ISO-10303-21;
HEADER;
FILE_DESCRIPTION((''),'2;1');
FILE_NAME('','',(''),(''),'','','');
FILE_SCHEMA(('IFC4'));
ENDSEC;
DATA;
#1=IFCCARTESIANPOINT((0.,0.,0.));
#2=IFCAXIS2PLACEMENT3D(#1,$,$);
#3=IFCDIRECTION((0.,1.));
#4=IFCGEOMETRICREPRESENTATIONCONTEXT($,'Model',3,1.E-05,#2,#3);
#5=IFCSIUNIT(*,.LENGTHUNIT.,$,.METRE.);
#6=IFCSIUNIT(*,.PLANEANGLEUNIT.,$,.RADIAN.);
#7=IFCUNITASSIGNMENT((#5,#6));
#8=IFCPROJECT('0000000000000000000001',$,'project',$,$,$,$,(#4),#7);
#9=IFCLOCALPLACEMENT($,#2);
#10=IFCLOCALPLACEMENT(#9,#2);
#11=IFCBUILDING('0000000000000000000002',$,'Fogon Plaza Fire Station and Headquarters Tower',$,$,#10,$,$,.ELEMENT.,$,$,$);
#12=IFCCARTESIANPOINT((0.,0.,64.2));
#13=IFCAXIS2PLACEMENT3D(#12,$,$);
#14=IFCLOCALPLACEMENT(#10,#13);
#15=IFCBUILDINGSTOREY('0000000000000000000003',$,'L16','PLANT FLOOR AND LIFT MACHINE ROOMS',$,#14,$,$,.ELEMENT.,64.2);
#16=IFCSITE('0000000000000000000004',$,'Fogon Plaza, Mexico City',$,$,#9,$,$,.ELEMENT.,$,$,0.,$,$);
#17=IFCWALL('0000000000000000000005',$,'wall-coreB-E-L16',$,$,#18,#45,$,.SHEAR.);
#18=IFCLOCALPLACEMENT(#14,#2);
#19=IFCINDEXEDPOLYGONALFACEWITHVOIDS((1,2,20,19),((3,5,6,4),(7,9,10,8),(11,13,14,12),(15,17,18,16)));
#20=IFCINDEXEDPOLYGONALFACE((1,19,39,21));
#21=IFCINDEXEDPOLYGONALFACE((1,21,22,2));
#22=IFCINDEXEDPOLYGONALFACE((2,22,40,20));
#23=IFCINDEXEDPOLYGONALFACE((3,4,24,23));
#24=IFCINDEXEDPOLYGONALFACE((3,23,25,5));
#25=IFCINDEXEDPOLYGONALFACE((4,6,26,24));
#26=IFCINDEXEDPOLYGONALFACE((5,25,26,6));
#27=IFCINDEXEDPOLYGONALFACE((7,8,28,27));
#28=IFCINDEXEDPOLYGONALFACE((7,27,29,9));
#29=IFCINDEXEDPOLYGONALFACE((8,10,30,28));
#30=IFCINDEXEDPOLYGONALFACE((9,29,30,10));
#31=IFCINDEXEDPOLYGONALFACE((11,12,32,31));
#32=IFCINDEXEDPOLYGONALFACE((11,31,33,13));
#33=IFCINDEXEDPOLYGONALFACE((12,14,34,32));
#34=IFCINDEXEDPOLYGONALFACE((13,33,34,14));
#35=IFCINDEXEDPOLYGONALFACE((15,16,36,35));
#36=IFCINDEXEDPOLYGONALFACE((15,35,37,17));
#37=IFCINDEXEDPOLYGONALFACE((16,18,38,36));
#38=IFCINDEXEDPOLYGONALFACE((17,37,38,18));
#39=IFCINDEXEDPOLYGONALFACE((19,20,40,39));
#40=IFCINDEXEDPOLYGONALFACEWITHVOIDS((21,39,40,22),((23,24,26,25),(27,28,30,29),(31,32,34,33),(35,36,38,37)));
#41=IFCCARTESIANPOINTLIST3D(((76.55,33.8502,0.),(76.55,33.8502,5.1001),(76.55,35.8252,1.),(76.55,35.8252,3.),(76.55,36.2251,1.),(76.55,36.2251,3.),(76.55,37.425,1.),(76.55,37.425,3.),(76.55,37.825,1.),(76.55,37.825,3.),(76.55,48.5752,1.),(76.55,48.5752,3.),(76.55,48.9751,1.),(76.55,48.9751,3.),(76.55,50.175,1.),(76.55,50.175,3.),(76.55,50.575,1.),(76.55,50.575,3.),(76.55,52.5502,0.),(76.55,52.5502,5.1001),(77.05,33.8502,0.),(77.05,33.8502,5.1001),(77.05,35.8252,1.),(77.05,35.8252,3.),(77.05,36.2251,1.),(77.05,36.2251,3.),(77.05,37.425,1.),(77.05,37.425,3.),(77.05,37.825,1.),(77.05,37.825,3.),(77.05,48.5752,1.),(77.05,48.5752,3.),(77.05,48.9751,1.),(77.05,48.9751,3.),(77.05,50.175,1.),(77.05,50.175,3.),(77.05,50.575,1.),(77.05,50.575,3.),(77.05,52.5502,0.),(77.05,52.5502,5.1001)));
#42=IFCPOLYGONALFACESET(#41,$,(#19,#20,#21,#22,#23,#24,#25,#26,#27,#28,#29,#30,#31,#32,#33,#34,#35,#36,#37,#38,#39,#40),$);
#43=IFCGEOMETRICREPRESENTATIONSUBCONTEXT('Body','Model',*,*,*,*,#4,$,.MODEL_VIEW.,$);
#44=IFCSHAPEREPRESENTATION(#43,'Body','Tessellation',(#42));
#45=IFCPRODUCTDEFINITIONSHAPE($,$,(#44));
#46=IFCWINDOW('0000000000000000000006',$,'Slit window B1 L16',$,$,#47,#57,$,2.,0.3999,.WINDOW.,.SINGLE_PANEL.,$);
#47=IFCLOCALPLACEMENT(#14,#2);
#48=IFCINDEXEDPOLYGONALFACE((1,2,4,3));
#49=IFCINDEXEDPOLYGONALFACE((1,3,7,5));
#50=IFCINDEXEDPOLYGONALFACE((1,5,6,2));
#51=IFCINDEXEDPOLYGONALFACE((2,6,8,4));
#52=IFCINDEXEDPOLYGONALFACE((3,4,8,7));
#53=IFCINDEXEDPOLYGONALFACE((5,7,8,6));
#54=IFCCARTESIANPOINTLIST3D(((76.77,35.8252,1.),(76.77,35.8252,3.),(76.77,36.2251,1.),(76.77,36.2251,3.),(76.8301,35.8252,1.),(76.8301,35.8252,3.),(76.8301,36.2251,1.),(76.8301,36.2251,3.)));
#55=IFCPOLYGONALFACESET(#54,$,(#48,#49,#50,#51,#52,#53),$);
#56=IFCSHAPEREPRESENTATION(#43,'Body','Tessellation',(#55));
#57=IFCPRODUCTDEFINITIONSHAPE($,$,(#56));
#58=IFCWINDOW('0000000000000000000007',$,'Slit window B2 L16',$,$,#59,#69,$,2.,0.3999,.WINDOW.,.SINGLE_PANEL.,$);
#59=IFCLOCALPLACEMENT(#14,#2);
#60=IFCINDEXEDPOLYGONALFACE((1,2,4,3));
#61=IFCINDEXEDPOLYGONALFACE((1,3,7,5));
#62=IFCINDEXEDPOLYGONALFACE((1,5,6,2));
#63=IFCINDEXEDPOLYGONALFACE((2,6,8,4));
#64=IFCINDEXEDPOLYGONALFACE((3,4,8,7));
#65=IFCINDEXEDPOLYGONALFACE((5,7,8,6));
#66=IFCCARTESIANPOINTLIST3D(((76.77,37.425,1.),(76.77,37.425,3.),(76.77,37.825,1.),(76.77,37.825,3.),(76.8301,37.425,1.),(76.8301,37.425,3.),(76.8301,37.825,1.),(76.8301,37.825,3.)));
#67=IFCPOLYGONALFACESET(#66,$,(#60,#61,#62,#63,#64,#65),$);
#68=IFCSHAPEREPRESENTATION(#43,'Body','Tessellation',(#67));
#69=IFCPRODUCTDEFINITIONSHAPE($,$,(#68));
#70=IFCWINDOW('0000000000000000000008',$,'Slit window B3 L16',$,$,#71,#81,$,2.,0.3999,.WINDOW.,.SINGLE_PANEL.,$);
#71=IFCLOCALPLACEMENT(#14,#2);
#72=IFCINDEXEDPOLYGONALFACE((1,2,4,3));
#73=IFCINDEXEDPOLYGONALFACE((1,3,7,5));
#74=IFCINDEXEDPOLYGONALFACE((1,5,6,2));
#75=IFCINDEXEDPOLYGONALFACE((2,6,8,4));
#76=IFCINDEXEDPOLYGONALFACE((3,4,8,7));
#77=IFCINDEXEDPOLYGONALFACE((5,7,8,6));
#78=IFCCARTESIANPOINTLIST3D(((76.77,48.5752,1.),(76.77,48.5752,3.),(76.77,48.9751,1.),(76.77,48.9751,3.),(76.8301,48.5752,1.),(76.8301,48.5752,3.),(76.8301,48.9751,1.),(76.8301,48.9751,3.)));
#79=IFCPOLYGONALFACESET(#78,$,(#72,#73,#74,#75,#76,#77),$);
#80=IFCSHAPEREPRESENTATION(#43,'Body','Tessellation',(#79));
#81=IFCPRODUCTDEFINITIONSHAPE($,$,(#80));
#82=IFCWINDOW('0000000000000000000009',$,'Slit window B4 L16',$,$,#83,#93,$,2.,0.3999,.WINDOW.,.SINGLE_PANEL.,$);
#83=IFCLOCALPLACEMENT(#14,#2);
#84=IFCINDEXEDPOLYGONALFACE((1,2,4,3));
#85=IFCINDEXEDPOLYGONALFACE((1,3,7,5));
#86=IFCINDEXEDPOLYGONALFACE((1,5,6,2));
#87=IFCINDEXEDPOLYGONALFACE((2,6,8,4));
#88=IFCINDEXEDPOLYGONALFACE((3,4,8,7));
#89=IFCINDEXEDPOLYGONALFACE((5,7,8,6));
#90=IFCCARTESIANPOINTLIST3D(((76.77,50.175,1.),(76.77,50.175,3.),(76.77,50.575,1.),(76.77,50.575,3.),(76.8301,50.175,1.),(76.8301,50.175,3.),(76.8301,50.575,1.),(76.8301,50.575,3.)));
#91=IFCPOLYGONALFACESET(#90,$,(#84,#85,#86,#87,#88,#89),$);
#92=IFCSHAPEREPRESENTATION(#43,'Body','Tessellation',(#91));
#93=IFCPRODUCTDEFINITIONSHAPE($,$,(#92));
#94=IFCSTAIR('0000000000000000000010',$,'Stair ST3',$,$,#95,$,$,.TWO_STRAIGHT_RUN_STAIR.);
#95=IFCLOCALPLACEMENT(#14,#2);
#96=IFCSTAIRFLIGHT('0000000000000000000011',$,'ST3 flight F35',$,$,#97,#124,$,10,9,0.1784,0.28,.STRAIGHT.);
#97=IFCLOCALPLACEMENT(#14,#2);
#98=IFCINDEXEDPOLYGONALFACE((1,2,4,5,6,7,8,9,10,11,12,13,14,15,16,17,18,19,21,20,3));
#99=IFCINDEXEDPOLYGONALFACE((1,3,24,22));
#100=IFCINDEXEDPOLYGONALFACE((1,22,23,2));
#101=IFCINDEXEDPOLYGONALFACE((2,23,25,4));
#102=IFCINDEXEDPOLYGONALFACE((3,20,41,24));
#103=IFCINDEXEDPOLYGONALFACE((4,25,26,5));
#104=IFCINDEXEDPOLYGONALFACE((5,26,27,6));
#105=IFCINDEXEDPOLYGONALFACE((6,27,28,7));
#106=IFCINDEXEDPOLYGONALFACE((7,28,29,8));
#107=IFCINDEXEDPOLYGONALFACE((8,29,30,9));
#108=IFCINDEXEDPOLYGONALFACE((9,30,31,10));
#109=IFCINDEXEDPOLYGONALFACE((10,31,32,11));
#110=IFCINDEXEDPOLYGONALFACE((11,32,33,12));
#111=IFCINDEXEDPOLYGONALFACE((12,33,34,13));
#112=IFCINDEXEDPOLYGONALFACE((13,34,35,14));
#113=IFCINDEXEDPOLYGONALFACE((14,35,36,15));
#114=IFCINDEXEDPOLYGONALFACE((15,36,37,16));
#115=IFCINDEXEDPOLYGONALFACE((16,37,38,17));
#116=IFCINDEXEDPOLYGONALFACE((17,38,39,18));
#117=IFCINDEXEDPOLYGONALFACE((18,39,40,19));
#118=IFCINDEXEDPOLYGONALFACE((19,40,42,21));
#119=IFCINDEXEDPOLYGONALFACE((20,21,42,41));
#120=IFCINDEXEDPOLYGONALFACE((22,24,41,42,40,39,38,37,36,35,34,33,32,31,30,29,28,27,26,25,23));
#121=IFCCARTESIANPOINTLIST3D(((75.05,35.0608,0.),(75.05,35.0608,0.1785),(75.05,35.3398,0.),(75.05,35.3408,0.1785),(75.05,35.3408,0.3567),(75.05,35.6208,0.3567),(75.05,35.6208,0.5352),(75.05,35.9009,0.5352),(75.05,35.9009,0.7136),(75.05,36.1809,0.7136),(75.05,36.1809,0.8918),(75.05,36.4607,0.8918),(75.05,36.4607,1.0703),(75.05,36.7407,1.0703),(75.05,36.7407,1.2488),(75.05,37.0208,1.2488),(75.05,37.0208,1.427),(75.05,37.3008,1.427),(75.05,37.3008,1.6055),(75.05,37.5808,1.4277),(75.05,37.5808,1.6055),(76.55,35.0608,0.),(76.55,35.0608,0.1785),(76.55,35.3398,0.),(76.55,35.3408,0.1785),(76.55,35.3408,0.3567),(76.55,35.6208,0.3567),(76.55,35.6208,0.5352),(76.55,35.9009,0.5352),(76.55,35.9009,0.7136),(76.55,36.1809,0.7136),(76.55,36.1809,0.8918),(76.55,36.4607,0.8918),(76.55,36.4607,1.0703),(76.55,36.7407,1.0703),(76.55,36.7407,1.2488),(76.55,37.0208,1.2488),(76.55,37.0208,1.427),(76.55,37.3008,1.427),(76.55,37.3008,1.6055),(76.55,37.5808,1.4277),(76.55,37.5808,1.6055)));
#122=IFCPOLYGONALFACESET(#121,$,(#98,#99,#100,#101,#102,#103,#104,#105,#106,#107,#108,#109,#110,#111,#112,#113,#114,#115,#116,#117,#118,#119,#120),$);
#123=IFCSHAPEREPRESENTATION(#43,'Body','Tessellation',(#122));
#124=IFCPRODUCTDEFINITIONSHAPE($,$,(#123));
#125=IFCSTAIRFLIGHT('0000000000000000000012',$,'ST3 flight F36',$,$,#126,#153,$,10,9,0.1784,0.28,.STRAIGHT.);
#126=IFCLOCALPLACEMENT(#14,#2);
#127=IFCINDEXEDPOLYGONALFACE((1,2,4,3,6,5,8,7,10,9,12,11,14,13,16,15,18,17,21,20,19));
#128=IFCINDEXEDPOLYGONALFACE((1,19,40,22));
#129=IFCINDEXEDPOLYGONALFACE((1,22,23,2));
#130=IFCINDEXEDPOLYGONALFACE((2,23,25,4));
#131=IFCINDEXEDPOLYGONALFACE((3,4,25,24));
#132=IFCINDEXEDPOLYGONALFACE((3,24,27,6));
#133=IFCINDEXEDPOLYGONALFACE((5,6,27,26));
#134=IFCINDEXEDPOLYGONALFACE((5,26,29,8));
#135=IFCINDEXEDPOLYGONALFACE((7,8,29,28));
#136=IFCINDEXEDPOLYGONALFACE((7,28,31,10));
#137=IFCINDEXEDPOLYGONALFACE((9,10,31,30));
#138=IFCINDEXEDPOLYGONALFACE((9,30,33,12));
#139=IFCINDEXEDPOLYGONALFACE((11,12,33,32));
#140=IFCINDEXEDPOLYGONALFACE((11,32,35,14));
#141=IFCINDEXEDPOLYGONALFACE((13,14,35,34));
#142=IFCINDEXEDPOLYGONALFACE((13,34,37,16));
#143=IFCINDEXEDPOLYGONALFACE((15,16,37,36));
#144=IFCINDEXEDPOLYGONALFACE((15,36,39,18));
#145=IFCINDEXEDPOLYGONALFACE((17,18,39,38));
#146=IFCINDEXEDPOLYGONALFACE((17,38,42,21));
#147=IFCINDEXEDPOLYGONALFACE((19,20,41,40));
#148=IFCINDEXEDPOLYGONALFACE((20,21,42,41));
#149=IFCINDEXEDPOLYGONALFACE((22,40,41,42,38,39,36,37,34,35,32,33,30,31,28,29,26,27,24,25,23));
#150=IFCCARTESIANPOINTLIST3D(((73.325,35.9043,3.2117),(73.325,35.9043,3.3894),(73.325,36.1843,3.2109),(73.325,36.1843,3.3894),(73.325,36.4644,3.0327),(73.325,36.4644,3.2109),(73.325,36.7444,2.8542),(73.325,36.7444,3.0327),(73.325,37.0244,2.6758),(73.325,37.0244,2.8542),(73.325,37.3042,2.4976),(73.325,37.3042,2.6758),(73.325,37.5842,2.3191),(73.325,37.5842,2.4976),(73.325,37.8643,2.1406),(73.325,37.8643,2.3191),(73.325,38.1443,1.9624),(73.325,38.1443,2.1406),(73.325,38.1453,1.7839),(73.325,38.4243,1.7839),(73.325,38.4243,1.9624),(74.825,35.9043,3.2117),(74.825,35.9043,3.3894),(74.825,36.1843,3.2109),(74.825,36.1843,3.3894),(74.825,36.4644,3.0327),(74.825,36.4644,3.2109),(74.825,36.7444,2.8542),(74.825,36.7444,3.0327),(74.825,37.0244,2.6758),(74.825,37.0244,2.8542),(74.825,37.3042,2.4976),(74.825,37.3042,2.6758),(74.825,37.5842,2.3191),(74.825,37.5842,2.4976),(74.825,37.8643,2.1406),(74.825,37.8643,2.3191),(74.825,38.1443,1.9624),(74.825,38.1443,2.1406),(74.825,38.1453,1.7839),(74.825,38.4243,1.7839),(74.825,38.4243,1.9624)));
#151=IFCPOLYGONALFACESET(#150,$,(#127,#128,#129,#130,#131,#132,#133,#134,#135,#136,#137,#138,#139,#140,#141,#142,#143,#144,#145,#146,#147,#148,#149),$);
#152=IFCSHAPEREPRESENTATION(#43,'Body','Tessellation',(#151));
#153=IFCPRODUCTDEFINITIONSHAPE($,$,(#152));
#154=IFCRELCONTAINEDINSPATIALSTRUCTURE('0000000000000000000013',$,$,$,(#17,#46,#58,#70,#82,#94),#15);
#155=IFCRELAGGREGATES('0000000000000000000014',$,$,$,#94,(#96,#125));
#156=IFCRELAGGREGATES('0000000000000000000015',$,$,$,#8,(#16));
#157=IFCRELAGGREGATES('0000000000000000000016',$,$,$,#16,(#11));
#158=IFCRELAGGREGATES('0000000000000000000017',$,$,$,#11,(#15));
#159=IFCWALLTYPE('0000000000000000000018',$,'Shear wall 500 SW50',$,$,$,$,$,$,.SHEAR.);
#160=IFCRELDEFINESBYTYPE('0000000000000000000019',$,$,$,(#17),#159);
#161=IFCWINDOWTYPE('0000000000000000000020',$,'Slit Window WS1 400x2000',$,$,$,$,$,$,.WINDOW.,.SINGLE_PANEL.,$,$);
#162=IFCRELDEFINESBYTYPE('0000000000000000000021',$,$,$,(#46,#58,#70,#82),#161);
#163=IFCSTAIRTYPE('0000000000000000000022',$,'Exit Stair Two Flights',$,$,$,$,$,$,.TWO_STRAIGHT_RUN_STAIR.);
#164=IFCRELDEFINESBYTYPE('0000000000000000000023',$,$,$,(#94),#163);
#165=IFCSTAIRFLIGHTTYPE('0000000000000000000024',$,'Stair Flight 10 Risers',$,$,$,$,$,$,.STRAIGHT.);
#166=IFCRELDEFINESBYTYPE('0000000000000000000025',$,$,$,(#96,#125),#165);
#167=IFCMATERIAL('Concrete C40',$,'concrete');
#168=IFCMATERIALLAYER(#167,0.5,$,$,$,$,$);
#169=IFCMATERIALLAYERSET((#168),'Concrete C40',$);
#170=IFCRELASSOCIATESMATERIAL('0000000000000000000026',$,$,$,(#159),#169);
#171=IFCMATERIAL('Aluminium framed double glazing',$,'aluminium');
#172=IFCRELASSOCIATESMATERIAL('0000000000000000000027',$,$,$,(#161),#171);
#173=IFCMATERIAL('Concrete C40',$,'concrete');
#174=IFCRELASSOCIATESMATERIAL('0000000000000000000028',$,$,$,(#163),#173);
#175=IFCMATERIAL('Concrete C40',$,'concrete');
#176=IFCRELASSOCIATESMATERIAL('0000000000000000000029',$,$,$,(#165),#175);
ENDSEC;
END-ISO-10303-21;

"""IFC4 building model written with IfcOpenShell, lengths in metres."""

from ifc_helpers import new_model, si_unit, direction, frame, frame_2d, origin, place, context, subcontext, project, spatial, polyline, rectangle, outline, extrude, material, layer, layer_set, type_object, element, fill, aggregate, save


model = new_model("IFC4")

# Units and contexts
model_context = context("Model", 3, precision=1e-05, world=origin(), true_north=direction((0.0, 1.0)))
body_context = subcontext(model_context, "Body", "Model", "MODEL_VIEW")
ifc_project = project(units=[si_unit("LENGTHUNIT", "METRE"), si_unit("PLANEANGLEUNIT", "RADIAN")], contexts=[model_context])

# Site, building, storey
site_placement = place(None, origin())
site = spatial("IfcSite", under=ifc_project, at=site_placement, Name="Fogon Plaza, Mexico City", CompositionType="ELEMENT", RefElevation=0.0)
building_placement = place(site_placement, origin())
building = spatial("IfcBuilding", under=site, at=building_placement, Name="Fogon Plaza Fire Station and Headquarters Tower", CompositionType="ELEMENT")
storey_placement = place(building_placement, frame((0.0, 0.0, 64.2)))
storey = spatial("IfcBuildingStorey", under=building, at=storey_placement, Name="L16", Description="PLANT FLOOR AND LIFT MACHINE ROOMS", CompositionType="ELEMENT", Elevation=64.2)

# Wall, openings, windows
ifc_material_1 = material(Name="Concrete C40", Category="concrete")
ifc_layer_1 = layer(ifc_material_1, 0.5)
ifc_layer_set_1 = layer_set([ifc_layer_1], Name="Concrete C40")
wall_type_1 = type_object("IfcWallType", Name="Shear wall 500 SW50", PredefinedType="SHEAR", material=ifc_layer_set_1)
wall_1_placement = place(storey_placement, frame((76.8, 33.8501, 0.0), z_axis=(0.0, 0.0, 1.0), x_axis=(0.0, 1.0, 0.0)))
wall_1 = element("IfcWall", 1, at=wall_1_placement, inside=storey, type_object=wall_type_1, Name="wall-coreB-E-L16", PredefinedType="SHEAR", context=body_context, shape_type="SweptSolid", body=[
    extrude(rectangle(XDim=18.7, YDim=0.5, at=frame_2d((9.3501, 0.0))), origin(), (0.0, 0.0, 1.0), 5.1001),
])
opening_1_placement = place(wall_1_placement, frame((1.9751, 0.0, 1.0)))
opening_1 = element("IfcOpeningElement", 2, at=opening_1_placement, cuts=wall_1, PredefinedType="OPENING", context=body_context, shape_type="SweptSolid", body=[
    extrude(rectangle(XDim=0.3999, YDim=2.0, at=frame_2d((0.2, 1.0))), frame((0.0, 0.26, 0.0), z_axis=(0.0, -1.0, 0.0), x_axis=(1.0, 0.0, 0.0)), (0.0, 0.0, 1.0), 0.52),
])
opening_2_placement = place(wall_1_placement, frame((3.575, 0.0, 1.0)))
opening_2 = element("IfcOpeningElement", 3, at=opening_2_placement, cuts=wall_1, PredefinedType="OPENING", context=body_context, shape_type="SweptSolid", body=[
    extrude(rectangle(XDim=0.3999, YDim=2.0, at=frame_2d((0.2, 1.0))), frame((0.0, 0.26, 0.0), z_axis=(0.0, -1.0, 0.0), x_axis=(1.0, 0.0, 0.0)), (0.0, 0.0, 1.0), 0.52),
])
opening_3_placement = place(wall_1_placement, frame((14.7251, 0.0, 1.0)))
opening_3 = element("IfcOpeningElement", 4, at=opening_3_placement, cuts=wall_1, PredefinedType="OPENING", context=body_context, shape_type="SweptSolid", body=[
    extrude(rectangle(XDim=0.3999, YDim=2.0, at=frame_2d((0.2, 1.0))), frame((0.0, 0.26, 0.0), z_axis=(0.0, -1.0, 0.0), x_axis=(1.0, 0.0, 0.0)), (0.0, 0.0, 1.0), 0.52),
])
opening_4_placement = place(wall_1_placement, frame((16.325, 0.0, 1.0)))
opening_4 = element("IfcOpeningElement", 5, at=opening_4_placement, cuts=wall_1, PredefinedType="OPENING", context=body_context, shape_type="SweptSolid", body=[
    extrude(rectangle(XDim=0.3999, YDim=2.0, at=frame_2d((0.2, 1.0))), frame((0.0, 0.26, 0.0), z_axis=(0.0, -1.0, 0.0), x_axis=(1.0, 0.0, 0.0)), (0.0, 0.0, 1.0), 0.52),
])
ifc_material_2 = material(Name="Aluminium framed double glazing", Category="aluminium")
window_type = type_object("IfcWindowType", Name="Slit Window WS1 400x2000", PartitioningType="SINGLE_PANEL", PredefinedType="WINDOW", material=ifc_material_2)
window_1_placement = place(opening_1_placement, origin())
window_1 = element("IfcWindow", 6, at=window_1_placement, inside=storey, type_object=window_type, Name="Slit window B1 L16", OverallHeight=2.0, OverallWidth=0.3999, PartitioningType="SINGLE_PANEL", PredefinedType="WINDOW", context=body_context, shape_type="SweptSolid", body=[
    extrude(rectangle(XDim=0.3999, YDim=2.0, at=frame_2d((0.2, 1.0))), frame((0.0, 0.03, 0.0), z_axis=(0.0, -1.0, 0.0), x_axis=(1.0, 0.0, 0.0)), (0.0, 0.0, 1.0), 0.0601),
])
fill(opening_1, window_1)
window_2_placement = place(opening_2_placement, origin())
window_2 = element("IfcWindow", 7, at=window_2_placement, inside=storey, type_object=window_type, Name="Slit window B2 L16", OverallHeight=2.0, OverallWidth=0.3999, PartitioningType="SINGLE_PANEL", PredefinedType="WINDOW", context=body_context, shape_type="SweptSolid", body=[
    extrude(rectangle(XDim=0.3999, YDim=2.0, at=frame_2d((0.2, 1.0))), frame((0.0, 0.03, 0.0), z_axis=(0.0, -1.0, 0.0), x_axis=(1.0, 0.0, 0.0)), (0.0, 0.0, 1.0), 0.0601),
])
fill(opening_2, window_2)
window_3_placement = place(opening_3_placement, origin())
window_3 = element("IfcWindow", 8, at=window_3_placement, inside=storey, type_object=window_type, Name="Slit window B3 L16", OverallHeight=2.0, OverallWidth=0.3999, PartitioningType="SINGLE_PANEL", PredefinedType="WINDOW", context=body_context, shape_type="SweptSolid", body=[
    extrude(rectangle(XDim=0.3999, YDim=2.0, at=frame_2d((0.2, 1.0))), frame((0.0, 0.03, 0.0), z_axis=(0.0, -1.0, 0.0), x_axis=(1.0, 0.0, 0.0)), (0.0, 0.0, 1.0), 0.0601),
])
fill(opening_3, window_3)
window_4_placement = place(opening_4_placement, origin())
window_4 = element("IfcWindow", 9, at=window_4_placement, inside=storey, type_object=window_type, Name="Slit window B4 L16", OverallHeight=2.0, OverallWidth=0.3999, PartitioningType="SINGLE_PANEL", PredefinedType="WINDOW", context=body_context, shape_type="SweptSolid", body=[
    extrude(rectangle(XDim=0.3999, YDim=2.0, at=frame_2d((0.2, 1.0))), frame((0.0, 0.03, 0.0), z_axis=(0.0, -1.0, 0.0), x_axis=(1.0, 0.0, 0.0)), (0.0, 0.0, 1.0), 0.0601),
])
fill(opening_4, window_4)

# Stair, stair flights
ifc_material_3 = material(Name="Concrete C40", Category="concrete")
stair_type = type_object("IfcStairType", Name="Exit Stair Two Flights", PredefinedType="TWO_STRAIGHT_RUN_STAIR", material=ifc_material_3)
stair_placement = place(storey_placement, origin())
stair = element("IfcStair", 10, at=stair_placement, inside=storey, type_object=stair_type, Name="Stair ST3", PredefinedType="TWO_STRAIGHT_RUN_STAIR")
ifc_material_4 = material(Name="Concrete C40", Category="concrete")
stair_flight_type_1 = type_object("IfcStairFlightType", Name="Stair Flight 10 Risers", PredefinedType="STRAIGHT", material=ifc_material_4)
stair_flight_1_placement = place(storey_placement, frame((75.8, 35.0608, 0.0), z_axis=(0.0, 0.0, 1.0), x_axis=(0.0, 1.0, 0.0)))
stair_flight_1 = element("IfcStairFlight", 11, at=stair_flight_1_placement, type_object=stair_flight_type_1, Name="ST3 flight F35", NumberOfRisers=10, NumberOfTreads=9, PredefinedType="STRAIGHT", RiserHeight=0.1784, TreadLength=0.28, context=body_context, shape_type="SweptSolid", body=[
    extrude(outline(polyline([(0.0, 0.0), (0.0, 0.1785), (0.28, 0.1785), (0.28, 0.3567), (0.5601, 0.3567), (0.5601, 0.5352), (0.8401, 0.5352), (0.8401, 0.7136), (1.1201, 0.7136), (1.1201, 0.8918), (1.3999, 0.8918), (1.3999, 1.0703), (1.6799, 1.0703), (1.6799, 1.2488), (1.96, 1.2488), (1.96, 1.427), (2.24, 1.427), (2.24, 1.6055), (2.52, 1.6055), (2.52, 1.7839), (2.52, 1.4277), (0.2791, 0.0), (0.0, 0.0)])), frame((0.0, 0.75, 0.0), z_axis=(0.0, -1.0, 0.0), x_axis=(1.0, 0.0, 0.0)), (0.0, 0.0, 1.0), 1.5),
])
stair_flight_2_placement = place(storey_placement, frame((74.075, 38.4243, 1.7839), z_axis=(0.0, 0.0, 1.0), x_axis=(0.0, -1.0, 0.0)))
stair_flight_2 = element("IfcStairFlight", 12, at=stair_flight_2_placement, type_object=stair_flight_type_1, Name="ST3 flight F36", NumberOfRisers=10, NumberOfTreads=9, PredefinedType="STRAIGHT", RiserHeight=0.1784, TreadLength=0.28, context=body_context, shape_type="SweptSolid", body=[
    extrude(outline(polyline([(0.0, 0.0), (0.0, 0.1785), (0.28, 0.1785), (0.28, 0.3567), (0.5601, 0.3567), (0.5601, 0.5352), (0.8401, 0.5352), (0.8401, 0.7136), (1.1201, 0.7136), (1.1201, 0.8918), (1.3999, 0.8918), (1.3999, 1.0703), (1.6799, 1.0703), (1.6799, 1.2488), (1.96, 1.2488), (1.96, 1.427), (2.24, 1.427), (2.24, 1.6055), (2.52, 1.6055), (2.52, 1.7839), (2.52, 1.4277), (0.2791, 0.0), (0.0, 0.0)])), frame((0.0, 0.75, 0.0), z_axis=(0.0, -1.0, 0.0), x_axis=(1.0, 0.0, 0.0)), (0.0, 0.0, 1.0), 1.5),
])
aggregate(stair, [stair_flight_1, stair_flight_2])

save(model, "model.ifc")
